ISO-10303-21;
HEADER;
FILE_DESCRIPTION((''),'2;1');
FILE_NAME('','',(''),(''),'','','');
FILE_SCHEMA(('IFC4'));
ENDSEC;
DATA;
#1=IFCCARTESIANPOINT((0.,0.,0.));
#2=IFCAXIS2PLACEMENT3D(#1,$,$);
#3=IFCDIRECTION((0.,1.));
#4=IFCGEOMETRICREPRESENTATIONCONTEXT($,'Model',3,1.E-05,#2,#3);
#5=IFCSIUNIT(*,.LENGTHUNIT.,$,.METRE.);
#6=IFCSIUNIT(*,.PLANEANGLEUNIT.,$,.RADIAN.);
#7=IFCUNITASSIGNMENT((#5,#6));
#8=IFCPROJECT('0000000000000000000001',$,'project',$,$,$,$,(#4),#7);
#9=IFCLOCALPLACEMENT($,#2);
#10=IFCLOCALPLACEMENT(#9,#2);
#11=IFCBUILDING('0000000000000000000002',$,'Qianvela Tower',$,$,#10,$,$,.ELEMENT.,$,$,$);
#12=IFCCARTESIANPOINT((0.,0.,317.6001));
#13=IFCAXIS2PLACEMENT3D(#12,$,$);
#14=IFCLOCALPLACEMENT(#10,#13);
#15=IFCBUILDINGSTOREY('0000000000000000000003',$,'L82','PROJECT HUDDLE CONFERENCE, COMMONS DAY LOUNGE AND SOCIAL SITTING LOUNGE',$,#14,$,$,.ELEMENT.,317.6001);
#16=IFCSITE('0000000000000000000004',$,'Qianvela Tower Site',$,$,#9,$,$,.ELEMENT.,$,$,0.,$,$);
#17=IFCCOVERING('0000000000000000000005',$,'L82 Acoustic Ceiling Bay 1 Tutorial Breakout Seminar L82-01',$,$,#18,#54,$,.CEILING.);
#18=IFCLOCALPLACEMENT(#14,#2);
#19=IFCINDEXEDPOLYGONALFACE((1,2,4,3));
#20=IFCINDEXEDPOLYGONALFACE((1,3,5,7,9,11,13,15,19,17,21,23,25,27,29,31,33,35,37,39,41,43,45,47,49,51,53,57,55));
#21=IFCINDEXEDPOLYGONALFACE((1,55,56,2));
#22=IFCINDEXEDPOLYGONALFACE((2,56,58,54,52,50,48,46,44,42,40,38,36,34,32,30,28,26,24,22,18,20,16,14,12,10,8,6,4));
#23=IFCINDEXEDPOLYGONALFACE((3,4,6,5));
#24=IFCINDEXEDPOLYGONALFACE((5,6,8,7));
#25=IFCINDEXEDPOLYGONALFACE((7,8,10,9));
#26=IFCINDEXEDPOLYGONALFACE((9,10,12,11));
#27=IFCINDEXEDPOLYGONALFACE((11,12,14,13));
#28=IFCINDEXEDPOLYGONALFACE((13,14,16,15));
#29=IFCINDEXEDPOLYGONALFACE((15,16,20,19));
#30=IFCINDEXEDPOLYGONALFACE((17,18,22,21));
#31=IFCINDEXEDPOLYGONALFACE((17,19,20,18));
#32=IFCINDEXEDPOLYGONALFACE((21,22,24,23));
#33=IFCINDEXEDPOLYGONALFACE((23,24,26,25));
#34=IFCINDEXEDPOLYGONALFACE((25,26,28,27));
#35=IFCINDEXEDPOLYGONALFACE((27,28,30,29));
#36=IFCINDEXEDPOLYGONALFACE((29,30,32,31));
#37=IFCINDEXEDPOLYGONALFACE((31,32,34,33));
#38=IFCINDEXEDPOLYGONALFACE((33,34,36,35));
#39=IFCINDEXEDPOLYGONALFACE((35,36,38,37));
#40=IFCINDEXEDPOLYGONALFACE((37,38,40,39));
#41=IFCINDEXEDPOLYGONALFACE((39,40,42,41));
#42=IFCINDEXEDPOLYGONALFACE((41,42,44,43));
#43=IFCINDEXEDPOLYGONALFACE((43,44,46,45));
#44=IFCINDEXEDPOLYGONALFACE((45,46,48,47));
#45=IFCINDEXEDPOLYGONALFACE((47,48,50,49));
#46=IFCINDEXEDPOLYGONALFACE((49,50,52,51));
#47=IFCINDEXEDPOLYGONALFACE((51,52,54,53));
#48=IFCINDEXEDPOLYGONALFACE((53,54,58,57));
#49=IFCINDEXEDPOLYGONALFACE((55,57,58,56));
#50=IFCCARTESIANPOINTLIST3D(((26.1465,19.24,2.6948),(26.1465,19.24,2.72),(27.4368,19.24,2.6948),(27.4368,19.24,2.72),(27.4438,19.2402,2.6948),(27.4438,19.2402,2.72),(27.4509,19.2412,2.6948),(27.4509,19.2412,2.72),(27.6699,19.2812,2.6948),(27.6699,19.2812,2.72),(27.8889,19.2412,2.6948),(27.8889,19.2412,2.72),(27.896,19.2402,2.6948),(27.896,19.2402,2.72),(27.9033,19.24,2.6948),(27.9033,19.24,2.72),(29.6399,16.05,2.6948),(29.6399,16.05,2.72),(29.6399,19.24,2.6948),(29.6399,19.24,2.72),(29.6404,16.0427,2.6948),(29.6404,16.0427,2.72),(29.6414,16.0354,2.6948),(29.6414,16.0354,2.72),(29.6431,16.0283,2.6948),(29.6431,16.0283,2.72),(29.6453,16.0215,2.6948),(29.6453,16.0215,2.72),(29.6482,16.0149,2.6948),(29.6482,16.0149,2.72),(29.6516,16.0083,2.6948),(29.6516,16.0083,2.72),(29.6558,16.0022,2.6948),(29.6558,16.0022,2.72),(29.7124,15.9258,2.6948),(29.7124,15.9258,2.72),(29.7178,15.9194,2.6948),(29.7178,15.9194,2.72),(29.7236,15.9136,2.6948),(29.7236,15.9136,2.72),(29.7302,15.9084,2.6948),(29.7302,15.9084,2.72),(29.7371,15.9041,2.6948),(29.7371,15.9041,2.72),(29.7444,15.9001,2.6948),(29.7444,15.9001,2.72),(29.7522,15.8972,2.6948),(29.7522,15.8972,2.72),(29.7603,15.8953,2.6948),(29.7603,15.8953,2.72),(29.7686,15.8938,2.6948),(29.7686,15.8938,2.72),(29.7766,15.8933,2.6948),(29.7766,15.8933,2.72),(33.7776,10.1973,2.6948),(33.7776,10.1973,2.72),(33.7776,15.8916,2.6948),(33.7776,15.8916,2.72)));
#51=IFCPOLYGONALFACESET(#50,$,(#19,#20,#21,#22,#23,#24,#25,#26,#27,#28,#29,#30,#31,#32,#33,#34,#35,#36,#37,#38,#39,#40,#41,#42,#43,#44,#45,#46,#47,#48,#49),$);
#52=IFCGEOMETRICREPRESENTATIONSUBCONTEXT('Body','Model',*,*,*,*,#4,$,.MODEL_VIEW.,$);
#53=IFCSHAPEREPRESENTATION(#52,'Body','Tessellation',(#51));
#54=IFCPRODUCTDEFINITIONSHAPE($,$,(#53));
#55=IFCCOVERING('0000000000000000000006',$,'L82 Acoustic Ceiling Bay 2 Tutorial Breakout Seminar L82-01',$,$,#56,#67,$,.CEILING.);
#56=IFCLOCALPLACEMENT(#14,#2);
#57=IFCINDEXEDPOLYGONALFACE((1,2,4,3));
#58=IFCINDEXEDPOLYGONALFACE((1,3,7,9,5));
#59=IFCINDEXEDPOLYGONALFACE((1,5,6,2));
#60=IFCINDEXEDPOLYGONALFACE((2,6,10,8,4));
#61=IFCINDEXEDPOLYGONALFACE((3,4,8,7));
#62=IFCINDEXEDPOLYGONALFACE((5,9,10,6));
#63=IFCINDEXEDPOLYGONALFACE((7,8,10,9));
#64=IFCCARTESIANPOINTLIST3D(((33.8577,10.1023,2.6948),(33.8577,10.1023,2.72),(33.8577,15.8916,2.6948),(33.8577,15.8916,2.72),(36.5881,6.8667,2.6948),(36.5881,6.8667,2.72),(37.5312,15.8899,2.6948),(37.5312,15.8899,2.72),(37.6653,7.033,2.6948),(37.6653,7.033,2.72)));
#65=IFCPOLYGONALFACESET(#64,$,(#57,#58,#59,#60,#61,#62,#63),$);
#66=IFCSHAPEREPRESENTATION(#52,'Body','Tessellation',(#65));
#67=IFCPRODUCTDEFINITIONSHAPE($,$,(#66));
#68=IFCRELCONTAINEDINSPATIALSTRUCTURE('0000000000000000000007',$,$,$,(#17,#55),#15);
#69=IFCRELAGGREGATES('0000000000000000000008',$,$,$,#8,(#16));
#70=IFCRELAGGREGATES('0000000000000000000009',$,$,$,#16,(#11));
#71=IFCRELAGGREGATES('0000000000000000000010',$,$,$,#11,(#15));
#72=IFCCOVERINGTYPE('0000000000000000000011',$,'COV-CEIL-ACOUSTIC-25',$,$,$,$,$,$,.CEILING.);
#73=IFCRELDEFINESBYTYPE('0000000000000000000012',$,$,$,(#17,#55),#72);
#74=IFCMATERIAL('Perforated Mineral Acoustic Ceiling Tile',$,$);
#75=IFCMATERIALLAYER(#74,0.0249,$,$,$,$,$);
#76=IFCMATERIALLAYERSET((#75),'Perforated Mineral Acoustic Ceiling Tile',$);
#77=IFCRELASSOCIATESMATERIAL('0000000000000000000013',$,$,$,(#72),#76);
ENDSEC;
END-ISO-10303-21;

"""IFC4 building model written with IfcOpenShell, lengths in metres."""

from ifc_helpers import new_model, si_unit, direction, frame, origin, place, context, subcontext, project, spatial, polyline, outline, extrude, material, layer, layer_set, type_object, element, save


model = new_model("IFC4")

# Units and contexts
model_context = context("Model", 3, precision=1e-05, world=origin(), true_north=direction((0.0, 1.0)))
body_context = subcontext(model_context, "Body", "Model", "MODEL_VIEW")
ifc_project = project(units=[si_unit("LENGTHUNIT", "METRE"), si_unit("PLANEANGLEUNIT", "RADIAN")], contexts=[model_context])

# Site, building, storey
site_placement = place(None, origin())
site = spatial("IfcSite", under=ifc_project, at=site_placement, Name="Qianvela Tower Site", CompositionType="ELEMENT", RefElevation=0.0)
building_placement = place(site_placement, origin())
building = spatial("IfcBuilding", under=site, at=building_placement, Name="Qianvela Tower", CompositionType="ELEMENT")
storey_placement = place(building_placement, frame((0.0, 0.0, 317.6001)))
storey = spatial("IfcBuildingStorey", under=building, at=storey_placement, Name="L82", Description="PROJECT HUDDLE CONFERENCE, COMMONS DAY LOUNGE AND SOCIAL SITTING LOUNGE", CompositionType="ELEMENT", Elevation=317.6001)

# Coverings
ifc_material_1 = material(Name="Perforated Mineral Acoustic Ceiling Tile")
ifc_layer_1 = layer(ifc_material_1, 0.0249)
ifc_layer_set_1 = layer_set([ifc_layer_1], Name="Perforated Mineral Acoustic Ceiling Tile")
covering_type_1 = type_object("IfcCoveringType", Name="COV-CEIL-ACOUSTIC-25", PredefinedType="CEILING", material=ifc_layer_set_1)
covering_1_placement = place(storey_placement, frame((0.0, 0.0, 2.6948)))
element("IfcCovering", 1, at=covering_1_placement, inside=storey, type_object=covering_type_1, Name="L82 Acoustic Ceiling Bay 1 Tutorial Breakout Seminar L82-01", PredefinedType="CEILING", context=body_context, shape_type="SweptSolid", body=[
    extrude(outline(polyline([(26.1465, 19.24), (27.4368, 19.24), (27.4438, 19.2402), (27.4509, 19.2412), (27.6699, 19.2812), (27.8889, 19.2412), (27.896, 19.2402), (27.9033, 19.24), (29.6399, 19.24), (29.6399, 16.05), (29.6404, 16.0427), (29.6414, 16.0354), (29.6431, 16.0283), (29.6453, 16.0215), (29.6482, 16.0149), (29.6516, 16.0083), (29.6558, 16.0022), (29.7124, 15.9258), (29.7178, 15.9194), (29.7236, 15.9136), (29.7302, 15.9084), (29.7371, 15.9041), (29.7444, 15.9001), (29.7522, 15.8972), (29.7603, 15.8953), (29.7686, 15.8938), (29.7766, 15.8933), (33.7776, 15.8916), (33.7776, 10.1973), (26.1465, 19.24)])), origin(), (0.0, 0.0, 1.0), 0.0251),
])
covering_2_placement = place(storey_placement, frame((0.0, 0.0, 2.6948)))
element("IfcCovering", 2, at=covering_2_placement, inside=storey, type_object=covering_type_1, Name="L82 Acoustic Ceiling Bay 2 Tutorial Breakout Seminar L82-01", PredefinedType="CEILING", context=body_context, shape_type="SweptSolid", body=[
    extrude(outline(polyline([(36.5881, 6.8667), (33.8577, 10.1023), (33.8577, 15.8916), (37.5312, 15.8899), (37.6653, 7.033), (36.5881, 6.8667)])), origin(), (0.0, 0.0, 1.0), 0.0251),
])

save(model, "model.ifc")
